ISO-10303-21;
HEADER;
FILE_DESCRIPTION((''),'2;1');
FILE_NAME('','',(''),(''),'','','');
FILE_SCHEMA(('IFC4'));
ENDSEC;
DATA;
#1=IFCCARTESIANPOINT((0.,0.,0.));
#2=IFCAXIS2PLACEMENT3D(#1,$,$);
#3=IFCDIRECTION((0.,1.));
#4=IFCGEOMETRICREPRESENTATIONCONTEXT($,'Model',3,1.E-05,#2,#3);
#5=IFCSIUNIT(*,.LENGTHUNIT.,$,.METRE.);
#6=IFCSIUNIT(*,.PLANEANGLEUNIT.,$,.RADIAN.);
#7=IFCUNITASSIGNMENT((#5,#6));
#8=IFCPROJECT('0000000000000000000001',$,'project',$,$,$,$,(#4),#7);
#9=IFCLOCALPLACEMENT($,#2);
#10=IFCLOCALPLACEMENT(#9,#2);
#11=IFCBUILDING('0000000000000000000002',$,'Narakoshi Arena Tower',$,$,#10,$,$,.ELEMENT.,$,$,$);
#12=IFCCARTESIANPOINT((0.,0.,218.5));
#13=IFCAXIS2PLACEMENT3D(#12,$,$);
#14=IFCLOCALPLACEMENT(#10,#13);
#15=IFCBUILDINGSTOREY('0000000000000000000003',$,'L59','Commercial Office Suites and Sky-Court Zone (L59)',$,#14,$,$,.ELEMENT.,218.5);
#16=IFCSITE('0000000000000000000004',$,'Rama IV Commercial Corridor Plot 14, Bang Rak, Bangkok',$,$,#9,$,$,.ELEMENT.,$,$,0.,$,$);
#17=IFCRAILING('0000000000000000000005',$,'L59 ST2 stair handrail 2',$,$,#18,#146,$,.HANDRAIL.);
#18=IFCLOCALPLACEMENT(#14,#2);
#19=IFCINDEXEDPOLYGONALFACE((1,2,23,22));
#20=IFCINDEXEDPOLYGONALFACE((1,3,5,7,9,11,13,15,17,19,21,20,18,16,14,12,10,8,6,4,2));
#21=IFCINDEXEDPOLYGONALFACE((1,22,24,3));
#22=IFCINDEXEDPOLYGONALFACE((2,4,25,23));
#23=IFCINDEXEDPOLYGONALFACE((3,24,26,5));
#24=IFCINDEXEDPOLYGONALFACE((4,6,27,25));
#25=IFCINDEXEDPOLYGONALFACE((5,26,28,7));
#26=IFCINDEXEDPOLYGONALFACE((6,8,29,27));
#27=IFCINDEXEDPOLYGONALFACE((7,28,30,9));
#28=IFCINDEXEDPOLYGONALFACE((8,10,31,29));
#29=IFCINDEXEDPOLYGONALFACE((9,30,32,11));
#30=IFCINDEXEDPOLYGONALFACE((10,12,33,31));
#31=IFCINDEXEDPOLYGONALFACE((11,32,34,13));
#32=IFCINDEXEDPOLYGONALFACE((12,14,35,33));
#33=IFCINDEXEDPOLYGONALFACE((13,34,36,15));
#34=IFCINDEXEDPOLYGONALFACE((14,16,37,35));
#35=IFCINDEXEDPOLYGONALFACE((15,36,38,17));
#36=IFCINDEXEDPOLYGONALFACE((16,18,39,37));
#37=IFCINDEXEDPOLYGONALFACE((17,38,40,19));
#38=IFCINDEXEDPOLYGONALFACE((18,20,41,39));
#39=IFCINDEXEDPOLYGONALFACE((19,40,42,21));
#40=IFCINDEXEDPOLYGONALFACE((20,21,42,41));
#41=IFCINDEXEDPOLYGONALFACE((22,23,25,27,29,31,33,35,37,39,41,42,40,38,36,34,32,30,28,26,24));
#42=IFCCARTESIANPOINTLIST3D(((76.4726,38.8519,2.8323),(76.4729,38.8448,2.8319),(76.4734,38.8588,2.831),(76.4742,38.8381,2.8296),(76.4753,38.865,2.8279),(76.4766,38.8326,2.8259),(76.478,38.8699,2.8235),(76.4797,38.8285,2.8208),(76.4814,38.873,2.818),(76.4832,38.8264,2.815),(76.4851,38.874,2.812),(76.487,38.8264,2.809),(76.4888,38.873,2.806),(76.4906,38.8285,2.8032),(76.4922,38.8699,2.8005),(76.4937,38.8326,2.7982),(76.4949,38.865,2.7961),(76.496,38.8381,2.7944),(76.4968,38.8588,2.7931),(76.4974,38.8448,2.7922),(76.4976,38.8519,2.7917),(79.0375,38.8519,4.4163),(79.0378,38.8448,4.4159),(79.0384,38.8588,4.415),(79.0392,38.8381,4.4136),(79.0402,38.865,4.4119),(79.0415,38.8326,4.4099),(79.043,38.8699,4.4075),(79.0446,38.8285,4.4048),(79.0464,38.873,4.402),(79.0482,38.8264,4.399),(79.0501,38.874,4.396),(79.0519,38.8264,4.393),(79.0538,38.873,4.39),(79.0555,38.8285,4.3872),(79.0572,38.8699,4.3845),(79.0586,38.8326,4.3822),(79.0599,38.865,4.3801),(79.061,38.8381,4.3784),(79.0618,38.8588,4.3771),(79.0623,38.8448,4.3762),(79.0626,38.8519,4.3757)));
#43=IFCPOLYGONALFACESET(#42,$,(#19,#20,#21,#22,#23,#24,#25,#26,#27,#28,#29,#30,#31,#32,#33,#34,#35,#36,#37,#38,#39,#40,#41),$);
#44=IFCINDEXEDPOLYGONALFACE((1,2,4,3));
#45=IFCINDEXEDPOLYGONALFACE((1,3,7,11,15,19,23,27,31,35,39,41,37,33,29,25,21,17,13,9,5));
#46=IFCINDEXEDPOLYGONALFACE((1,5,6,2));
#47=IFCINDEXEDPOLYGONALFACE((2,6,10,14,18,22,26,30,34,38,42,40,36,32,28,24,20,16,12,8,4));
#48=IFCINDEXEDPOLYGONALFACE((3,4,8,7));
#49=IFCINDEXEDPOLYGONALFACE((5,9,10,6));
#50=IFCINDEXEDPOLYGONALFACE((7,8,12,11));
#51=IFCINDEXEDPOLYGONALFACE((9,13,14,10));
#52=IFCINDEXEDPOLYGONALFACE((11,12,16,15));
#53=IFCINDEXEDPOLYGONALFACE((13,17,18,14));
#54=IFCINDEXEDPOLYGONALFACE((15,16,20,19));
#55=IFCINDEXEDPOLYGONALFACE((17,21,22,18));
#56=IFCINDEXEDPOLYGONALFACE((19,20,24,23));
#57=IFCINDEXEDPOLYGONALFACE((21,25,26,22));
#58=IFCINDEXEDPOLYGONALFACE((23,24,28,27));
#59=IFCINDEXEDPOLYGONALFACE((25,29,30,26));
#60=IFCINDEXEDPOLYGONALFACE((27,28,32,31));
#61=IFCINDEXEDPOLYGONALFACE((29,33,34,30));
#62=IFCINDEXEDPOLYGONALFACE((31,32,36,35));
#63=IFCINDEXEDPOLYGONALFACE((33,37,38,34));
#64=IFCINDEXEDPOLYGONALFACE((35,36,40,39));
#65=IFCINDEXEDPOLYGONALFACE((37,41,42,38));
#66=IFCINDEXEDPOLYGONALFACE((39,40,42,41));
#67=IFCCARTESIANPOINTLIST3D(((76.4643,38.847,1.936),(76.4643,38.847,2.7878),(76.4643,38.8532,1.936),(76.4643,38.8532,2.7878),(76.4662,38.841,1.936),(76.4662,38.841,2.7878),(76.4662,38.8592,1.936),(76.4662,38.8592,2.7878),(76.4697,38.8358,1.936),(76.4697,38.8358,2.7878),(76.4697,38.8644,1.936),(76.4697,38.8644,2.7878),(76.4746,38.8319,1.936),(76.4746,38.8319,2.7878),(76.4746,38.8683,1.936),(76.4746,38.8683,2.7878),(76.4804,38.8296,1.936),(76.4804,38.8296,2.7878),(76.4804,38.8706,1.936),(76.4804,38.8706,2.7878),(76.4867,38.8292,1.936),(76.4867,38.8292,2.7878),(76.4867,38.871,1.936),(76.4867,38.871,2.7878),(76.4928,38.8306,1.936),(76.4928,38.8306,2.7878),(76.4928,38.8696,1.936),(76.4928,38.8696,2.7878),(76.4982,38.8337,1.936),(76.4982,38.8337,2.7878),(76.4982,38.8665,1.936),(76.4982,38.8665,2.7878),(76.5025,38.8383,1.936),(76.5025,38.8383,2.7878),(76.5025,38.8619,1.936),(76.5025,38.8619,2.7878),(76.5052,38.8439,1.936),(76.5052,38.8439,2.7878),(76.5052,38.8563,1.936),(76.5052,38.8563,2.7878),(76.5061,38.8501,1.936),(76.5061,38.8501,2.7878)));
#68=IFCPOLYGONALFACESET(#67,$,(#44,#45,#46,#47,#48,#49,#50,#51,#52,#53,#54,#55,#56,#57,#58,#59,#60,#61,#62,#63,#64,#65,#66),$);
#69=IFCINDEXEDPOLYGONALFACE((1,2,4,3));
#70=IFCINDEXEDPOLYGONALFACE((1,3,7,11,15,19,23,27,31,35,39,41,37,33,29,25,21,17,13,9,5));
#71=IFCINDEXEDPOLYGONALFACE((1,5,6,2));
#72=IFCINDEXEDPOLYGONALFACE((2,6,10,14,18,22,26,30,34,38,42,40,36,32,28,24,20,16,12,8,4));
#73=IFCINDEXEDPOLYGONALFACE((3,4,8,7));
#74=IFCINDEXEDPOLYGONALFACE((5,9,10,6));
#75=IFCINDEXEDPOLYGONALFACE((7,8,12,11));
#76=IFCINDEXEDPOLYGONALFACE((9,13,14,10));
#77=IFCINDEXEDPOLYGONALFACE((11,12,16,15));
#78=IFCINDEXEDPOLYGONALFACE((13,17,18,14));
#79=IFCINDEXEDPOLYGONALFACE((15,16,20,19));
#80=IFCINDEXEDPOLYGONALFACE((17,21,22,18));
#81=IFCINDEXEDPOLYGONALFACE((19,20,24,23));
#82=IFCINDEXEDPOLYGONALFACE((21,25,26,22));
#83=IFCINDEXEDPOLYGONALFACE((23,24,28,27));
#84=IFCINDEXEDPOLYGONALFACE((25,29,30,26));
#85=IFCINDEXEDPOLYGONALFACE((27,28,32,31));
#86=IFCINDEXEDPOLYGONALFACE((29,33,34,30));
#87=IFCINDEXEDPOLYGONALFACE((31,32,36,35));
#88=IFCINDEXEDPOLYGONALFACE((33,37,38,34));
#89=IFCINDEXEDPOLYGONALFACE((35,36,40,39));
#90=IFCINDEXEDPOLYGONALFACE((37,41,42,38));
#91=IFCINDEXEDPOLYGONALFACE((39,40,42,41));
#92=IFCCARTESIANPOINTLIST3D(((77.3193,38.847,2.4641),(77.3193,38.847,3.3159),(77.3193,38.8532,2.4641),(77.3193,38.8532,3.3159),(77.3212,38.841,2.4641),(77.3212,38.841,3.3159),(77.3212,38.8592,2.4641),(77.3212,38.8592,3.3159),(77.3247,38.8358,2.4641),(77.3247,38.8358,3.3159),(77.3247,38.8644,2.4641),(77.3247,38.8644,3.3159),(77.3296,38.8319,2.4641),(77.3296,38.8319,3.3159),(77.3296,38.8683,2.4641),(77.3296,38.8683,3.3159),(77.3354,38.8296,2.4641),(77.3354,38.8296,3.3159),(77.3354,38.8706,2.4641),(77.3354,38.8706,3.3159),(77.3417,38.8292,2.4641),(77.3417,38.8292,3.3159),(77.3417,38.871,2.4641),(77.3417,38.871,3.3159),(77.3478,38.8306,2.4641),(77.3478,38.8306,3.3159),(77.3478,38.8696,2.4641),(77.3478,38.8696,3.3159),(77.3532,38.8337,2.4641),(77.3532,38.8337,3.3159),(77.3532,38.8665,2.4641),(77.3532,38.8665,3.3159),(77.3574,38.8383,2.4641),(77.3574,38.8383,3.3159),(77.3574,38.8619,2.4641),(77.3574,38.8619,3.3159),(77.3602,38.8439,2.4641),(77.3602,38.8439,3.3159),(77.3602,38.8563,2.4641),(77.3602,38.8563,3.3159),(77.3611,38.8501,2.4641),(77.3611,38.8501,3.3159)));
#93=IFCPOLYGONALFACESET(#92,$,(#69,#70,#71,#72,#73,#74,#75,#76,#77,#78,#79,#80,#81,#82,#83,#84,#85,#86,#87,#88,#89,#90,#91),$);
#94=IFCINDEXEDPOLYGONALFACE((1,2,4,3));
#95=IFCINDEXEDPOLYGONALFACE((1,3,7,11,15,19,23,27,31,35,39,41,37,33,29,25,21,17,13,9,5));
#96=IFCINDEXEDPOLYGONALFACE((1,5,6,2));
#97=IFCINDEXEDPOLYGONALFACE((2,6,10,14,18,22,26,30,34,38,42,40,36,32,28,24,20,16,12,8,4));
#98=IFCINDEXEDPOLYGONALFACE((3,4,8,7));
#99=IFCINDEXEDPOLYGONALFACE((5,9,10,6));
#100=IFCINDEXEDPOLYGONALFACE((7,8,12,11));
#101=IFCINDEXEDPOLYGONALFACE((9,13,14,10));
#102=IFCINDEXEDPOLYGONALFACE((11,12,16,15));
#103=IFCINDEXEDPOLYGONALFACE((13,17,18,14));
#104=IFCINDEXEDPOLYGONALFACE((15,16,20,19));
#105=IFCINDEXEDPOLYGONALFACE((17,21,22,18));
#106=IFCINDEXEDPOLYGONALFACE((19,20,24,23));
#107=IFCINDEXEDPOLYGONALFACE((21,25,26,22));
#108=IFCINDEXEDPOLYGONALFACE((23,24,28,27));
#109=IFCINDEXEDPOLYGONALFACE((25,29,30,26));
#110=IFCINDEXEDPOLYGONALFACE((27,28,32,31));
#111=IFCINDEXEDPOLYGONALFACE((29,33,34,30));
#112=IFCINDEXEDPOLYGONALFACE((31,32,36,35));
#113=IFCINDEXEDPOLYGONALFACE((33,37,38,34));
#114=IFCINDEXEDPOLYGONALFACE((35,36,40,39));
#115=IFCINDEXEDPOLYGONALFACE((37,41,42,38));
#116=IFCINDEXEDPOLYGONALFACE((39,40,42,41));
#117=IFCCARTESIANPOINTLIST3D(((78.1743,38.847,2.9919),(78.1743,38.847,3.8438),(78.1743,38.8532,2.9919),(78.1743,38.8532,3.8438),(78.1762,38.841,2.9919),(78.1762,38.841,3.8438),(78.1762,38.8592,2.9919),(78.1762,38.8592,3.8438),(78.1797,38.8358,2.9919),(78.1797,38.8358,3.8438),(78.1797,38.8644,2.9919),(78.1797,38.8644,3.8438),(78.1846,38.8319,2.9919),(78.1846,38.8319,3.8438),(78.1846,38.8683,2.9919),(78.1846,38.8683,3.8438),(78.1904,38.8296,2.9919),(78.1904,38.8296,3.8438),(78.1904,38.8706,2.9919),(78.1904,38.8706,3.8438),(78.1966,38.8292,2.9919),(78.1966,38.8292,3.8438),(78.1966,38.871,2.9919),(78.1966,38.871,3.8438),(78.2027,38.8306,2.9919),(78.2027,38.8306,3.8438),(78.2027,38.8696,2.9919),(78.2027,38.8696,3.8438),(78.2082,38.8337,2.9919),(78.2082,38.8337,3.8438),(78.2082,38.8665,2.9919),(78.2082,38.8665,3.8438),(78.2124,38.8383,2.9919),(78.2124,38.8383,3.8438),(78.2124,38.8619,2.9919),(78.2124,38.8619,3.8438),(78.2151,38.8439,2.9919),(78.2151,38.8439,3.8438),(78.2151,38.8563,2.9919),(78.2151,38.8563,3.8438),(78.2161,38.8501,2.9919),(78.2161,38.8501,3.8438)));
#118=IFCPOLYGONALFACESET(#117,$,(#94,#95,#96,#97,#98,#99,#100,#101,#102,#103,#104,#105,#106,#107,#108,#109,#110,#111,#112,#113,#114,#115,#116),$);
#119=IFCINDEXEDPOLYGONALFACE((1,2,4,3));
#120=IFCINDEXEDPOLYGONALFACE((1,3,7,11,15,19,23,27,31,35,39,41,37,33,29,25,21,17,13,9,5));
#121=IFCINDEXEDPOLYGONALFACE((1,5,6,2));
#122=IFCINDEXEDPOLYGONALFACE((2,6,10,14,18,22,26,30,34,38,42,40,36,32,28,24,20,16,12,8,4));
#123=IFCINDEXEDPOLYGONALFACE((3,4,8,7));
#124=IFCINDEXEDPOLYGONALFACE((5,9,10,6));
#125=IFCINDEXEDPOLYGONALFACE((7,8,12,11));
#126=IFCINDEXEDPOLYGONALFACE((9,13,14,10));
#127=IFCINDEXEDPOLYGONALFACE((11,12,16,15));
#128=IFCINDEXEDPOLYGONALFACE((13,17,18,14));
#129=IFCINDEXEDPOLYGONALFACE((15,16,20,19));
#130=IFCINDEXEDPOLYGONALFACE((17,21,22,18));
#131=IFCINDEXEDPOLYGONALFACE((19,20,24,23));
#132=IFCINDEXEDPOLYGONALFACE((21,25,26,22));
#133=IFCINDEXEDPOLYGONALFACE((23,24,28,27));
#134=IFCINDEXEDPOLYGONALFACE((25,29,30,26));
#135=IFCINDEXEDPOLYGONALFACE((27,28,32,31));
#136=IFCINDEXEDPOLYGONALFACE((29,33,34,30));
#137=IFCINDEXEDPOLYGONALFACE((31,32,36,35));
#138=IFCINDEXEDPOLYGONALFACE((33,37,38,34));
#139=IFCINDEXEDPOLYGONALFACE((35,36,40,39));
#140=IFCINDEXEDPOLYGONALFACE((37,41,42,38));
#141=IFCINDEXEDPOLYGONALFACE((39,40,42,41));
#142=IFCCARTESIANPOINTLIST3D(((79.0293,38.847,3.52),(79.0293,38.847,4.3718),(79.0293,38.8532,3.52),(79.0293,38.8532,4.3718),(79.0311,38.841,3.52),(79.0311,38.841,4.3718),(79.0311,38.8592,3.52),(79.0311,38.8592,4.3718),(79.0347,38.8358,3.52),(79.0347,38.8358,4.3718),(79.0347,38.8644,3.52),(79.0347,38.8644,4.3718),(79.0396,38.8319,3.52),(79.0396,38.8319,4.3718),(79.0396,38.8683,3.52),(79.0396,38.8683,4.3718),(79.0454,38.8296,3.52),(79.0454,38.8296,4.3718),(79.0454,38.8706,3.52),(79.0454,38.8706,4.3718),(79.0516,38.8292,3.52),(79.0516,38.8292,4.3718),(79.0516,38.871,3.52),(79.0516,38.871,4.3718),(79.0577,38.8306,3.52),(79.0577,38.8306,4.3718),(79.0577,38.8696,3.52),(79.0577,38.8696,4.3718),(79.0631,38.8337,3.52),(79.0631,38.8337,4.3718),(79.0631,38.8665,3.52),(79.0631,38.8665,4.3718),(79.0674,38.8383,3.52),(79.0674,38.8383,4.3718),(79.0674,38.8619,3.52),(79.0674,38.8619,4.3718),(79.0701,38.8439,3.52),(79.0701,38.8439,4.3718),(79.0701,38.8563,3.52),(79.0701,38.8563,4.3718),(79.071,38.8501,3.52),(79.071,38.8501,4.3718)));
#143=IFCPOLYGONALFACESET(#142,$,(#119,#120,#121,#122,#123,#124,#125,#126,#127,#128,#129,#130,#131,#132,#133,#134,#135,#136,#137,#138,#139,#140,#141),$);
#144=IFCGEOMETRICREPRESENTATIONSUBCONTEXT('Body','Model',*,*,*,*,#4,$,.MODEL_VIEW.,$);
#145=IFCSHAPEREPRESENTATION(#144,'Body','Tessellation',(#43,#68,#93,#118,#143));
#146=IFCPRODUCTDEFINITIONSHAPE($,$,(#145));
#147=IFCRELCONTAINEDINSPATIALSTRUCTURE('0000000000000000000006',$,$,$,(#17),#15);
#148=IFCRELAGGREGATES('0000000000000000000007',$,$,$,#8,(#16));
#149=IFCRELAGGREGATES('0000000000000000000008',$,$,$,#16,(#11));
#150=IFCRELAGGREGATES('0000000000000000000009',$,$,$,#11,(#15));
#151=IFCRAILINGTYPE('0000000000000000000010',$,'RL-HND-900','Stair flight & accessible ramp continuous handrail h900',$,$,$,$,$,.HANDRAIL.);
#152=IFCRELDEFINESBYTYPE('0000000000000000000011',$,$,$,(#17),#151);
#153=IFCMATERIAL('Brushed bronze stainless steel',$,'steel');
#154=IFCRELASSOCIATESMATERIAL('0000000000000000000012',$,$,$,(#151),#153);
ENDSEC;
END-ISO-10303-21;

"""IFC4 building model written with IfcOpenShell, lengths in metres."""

from ifc_helpers import new_model, si_unit, direction, frame, origin, origin_2d, place, context, subcontext, project, spatial, circle, extrude, material, type_object, element, save


model = new_model("IFC4")

# Units and contexts
model_context = context("Model", 3, precision=1e-05, world=origin(), true_north=direction((0.0, 1.0)))
body_context = subcontext(model_context, "Body", "Model", "MODEL_VIEW")
ifc_project = project(units=[si_unit("LENGTHUNIT", "METRE"), si_unit("PLANEANGLEUNIT", "RADIAN")], contexts=[model_context])

# Site, building, storey
site_placement = place(None, origin())
site = spatial("IfcSite", under=ifc_project, at=site_placement, Name="Rama IV Commercial Corridor Plot 14, Bang Rak, Bangkok", CompositionType="ELEMENT", RefElevation=0.0)
building_placement = place(site_placement, origin())
building = spatial("IfcBuilding", under=site, at=building_placement, Name="Narakoshi Arena Tower", CompositionType="ELEMENT")
storey_placement = place(building_placement, frame((0.0, 0.0, 218.5)))
storey = spatial("IfcBuildingStorey", under=building, at=storey_placement, Name="L59", Description="Commercial Office Suites and Sky-Court Zone (L59)", CompositionType="ELEMENT", Elevation=218.5)

# Railing
ifc_material_1 = material(Name="Brushed bronze stainless steel", Category="steel")
railing_type_1 = type_object("IfcRailingType", Name="RL-HND-900", Description="Stair flight & accessible ramp continuous handrail h900", PredefinedType="HANDRAIL", material=ifc_material_1)
railing_1_placement = place(storey_placement, frame((76.4851, 38.8501, 1.936)))
element("IfcRailing", 1, at=railing_1_placement, inside=storey, type_object=railing_type_1, Name="L59 ST2 stair handrail 2", PredefinedType="HANDRAIL", context=body_context, shape_type="SweptSolid", body=[
    extrude(circle(Radius=0.0239, at=origin_2d()), frame((0.0, 0.0, 0.876), z_axis=(0.850834, 0.0, 0.525434), x_axis=(0.0, 1.0, 0.0)), (0.0, 0.0, 1.0), 3.0146),
    extrude(circle(Radius=0.021, at=origin_2d()), origin(), (0.0, 0.0, 1.0), 0.8518),
    extrude(circle(Radius=0.021, at=origin_2d()), frame((0.855, 0.0, 0.5281)), (0.0, 0.0, 1.0), 0.8518),
    extrude(circle(Radius=0.021, at=origin_2d()), frame((1.71, 0.0, 1.0559)), (0.0, 0.0, 1.0), 0.8518),
    extrude(circle(Radius=0.021, at=origin_2d()), frame((2.5649, 0.0, 1.584)), (0.0, 0.0, 1.0), 0.8518),
])

save(model, "model.ifc")
